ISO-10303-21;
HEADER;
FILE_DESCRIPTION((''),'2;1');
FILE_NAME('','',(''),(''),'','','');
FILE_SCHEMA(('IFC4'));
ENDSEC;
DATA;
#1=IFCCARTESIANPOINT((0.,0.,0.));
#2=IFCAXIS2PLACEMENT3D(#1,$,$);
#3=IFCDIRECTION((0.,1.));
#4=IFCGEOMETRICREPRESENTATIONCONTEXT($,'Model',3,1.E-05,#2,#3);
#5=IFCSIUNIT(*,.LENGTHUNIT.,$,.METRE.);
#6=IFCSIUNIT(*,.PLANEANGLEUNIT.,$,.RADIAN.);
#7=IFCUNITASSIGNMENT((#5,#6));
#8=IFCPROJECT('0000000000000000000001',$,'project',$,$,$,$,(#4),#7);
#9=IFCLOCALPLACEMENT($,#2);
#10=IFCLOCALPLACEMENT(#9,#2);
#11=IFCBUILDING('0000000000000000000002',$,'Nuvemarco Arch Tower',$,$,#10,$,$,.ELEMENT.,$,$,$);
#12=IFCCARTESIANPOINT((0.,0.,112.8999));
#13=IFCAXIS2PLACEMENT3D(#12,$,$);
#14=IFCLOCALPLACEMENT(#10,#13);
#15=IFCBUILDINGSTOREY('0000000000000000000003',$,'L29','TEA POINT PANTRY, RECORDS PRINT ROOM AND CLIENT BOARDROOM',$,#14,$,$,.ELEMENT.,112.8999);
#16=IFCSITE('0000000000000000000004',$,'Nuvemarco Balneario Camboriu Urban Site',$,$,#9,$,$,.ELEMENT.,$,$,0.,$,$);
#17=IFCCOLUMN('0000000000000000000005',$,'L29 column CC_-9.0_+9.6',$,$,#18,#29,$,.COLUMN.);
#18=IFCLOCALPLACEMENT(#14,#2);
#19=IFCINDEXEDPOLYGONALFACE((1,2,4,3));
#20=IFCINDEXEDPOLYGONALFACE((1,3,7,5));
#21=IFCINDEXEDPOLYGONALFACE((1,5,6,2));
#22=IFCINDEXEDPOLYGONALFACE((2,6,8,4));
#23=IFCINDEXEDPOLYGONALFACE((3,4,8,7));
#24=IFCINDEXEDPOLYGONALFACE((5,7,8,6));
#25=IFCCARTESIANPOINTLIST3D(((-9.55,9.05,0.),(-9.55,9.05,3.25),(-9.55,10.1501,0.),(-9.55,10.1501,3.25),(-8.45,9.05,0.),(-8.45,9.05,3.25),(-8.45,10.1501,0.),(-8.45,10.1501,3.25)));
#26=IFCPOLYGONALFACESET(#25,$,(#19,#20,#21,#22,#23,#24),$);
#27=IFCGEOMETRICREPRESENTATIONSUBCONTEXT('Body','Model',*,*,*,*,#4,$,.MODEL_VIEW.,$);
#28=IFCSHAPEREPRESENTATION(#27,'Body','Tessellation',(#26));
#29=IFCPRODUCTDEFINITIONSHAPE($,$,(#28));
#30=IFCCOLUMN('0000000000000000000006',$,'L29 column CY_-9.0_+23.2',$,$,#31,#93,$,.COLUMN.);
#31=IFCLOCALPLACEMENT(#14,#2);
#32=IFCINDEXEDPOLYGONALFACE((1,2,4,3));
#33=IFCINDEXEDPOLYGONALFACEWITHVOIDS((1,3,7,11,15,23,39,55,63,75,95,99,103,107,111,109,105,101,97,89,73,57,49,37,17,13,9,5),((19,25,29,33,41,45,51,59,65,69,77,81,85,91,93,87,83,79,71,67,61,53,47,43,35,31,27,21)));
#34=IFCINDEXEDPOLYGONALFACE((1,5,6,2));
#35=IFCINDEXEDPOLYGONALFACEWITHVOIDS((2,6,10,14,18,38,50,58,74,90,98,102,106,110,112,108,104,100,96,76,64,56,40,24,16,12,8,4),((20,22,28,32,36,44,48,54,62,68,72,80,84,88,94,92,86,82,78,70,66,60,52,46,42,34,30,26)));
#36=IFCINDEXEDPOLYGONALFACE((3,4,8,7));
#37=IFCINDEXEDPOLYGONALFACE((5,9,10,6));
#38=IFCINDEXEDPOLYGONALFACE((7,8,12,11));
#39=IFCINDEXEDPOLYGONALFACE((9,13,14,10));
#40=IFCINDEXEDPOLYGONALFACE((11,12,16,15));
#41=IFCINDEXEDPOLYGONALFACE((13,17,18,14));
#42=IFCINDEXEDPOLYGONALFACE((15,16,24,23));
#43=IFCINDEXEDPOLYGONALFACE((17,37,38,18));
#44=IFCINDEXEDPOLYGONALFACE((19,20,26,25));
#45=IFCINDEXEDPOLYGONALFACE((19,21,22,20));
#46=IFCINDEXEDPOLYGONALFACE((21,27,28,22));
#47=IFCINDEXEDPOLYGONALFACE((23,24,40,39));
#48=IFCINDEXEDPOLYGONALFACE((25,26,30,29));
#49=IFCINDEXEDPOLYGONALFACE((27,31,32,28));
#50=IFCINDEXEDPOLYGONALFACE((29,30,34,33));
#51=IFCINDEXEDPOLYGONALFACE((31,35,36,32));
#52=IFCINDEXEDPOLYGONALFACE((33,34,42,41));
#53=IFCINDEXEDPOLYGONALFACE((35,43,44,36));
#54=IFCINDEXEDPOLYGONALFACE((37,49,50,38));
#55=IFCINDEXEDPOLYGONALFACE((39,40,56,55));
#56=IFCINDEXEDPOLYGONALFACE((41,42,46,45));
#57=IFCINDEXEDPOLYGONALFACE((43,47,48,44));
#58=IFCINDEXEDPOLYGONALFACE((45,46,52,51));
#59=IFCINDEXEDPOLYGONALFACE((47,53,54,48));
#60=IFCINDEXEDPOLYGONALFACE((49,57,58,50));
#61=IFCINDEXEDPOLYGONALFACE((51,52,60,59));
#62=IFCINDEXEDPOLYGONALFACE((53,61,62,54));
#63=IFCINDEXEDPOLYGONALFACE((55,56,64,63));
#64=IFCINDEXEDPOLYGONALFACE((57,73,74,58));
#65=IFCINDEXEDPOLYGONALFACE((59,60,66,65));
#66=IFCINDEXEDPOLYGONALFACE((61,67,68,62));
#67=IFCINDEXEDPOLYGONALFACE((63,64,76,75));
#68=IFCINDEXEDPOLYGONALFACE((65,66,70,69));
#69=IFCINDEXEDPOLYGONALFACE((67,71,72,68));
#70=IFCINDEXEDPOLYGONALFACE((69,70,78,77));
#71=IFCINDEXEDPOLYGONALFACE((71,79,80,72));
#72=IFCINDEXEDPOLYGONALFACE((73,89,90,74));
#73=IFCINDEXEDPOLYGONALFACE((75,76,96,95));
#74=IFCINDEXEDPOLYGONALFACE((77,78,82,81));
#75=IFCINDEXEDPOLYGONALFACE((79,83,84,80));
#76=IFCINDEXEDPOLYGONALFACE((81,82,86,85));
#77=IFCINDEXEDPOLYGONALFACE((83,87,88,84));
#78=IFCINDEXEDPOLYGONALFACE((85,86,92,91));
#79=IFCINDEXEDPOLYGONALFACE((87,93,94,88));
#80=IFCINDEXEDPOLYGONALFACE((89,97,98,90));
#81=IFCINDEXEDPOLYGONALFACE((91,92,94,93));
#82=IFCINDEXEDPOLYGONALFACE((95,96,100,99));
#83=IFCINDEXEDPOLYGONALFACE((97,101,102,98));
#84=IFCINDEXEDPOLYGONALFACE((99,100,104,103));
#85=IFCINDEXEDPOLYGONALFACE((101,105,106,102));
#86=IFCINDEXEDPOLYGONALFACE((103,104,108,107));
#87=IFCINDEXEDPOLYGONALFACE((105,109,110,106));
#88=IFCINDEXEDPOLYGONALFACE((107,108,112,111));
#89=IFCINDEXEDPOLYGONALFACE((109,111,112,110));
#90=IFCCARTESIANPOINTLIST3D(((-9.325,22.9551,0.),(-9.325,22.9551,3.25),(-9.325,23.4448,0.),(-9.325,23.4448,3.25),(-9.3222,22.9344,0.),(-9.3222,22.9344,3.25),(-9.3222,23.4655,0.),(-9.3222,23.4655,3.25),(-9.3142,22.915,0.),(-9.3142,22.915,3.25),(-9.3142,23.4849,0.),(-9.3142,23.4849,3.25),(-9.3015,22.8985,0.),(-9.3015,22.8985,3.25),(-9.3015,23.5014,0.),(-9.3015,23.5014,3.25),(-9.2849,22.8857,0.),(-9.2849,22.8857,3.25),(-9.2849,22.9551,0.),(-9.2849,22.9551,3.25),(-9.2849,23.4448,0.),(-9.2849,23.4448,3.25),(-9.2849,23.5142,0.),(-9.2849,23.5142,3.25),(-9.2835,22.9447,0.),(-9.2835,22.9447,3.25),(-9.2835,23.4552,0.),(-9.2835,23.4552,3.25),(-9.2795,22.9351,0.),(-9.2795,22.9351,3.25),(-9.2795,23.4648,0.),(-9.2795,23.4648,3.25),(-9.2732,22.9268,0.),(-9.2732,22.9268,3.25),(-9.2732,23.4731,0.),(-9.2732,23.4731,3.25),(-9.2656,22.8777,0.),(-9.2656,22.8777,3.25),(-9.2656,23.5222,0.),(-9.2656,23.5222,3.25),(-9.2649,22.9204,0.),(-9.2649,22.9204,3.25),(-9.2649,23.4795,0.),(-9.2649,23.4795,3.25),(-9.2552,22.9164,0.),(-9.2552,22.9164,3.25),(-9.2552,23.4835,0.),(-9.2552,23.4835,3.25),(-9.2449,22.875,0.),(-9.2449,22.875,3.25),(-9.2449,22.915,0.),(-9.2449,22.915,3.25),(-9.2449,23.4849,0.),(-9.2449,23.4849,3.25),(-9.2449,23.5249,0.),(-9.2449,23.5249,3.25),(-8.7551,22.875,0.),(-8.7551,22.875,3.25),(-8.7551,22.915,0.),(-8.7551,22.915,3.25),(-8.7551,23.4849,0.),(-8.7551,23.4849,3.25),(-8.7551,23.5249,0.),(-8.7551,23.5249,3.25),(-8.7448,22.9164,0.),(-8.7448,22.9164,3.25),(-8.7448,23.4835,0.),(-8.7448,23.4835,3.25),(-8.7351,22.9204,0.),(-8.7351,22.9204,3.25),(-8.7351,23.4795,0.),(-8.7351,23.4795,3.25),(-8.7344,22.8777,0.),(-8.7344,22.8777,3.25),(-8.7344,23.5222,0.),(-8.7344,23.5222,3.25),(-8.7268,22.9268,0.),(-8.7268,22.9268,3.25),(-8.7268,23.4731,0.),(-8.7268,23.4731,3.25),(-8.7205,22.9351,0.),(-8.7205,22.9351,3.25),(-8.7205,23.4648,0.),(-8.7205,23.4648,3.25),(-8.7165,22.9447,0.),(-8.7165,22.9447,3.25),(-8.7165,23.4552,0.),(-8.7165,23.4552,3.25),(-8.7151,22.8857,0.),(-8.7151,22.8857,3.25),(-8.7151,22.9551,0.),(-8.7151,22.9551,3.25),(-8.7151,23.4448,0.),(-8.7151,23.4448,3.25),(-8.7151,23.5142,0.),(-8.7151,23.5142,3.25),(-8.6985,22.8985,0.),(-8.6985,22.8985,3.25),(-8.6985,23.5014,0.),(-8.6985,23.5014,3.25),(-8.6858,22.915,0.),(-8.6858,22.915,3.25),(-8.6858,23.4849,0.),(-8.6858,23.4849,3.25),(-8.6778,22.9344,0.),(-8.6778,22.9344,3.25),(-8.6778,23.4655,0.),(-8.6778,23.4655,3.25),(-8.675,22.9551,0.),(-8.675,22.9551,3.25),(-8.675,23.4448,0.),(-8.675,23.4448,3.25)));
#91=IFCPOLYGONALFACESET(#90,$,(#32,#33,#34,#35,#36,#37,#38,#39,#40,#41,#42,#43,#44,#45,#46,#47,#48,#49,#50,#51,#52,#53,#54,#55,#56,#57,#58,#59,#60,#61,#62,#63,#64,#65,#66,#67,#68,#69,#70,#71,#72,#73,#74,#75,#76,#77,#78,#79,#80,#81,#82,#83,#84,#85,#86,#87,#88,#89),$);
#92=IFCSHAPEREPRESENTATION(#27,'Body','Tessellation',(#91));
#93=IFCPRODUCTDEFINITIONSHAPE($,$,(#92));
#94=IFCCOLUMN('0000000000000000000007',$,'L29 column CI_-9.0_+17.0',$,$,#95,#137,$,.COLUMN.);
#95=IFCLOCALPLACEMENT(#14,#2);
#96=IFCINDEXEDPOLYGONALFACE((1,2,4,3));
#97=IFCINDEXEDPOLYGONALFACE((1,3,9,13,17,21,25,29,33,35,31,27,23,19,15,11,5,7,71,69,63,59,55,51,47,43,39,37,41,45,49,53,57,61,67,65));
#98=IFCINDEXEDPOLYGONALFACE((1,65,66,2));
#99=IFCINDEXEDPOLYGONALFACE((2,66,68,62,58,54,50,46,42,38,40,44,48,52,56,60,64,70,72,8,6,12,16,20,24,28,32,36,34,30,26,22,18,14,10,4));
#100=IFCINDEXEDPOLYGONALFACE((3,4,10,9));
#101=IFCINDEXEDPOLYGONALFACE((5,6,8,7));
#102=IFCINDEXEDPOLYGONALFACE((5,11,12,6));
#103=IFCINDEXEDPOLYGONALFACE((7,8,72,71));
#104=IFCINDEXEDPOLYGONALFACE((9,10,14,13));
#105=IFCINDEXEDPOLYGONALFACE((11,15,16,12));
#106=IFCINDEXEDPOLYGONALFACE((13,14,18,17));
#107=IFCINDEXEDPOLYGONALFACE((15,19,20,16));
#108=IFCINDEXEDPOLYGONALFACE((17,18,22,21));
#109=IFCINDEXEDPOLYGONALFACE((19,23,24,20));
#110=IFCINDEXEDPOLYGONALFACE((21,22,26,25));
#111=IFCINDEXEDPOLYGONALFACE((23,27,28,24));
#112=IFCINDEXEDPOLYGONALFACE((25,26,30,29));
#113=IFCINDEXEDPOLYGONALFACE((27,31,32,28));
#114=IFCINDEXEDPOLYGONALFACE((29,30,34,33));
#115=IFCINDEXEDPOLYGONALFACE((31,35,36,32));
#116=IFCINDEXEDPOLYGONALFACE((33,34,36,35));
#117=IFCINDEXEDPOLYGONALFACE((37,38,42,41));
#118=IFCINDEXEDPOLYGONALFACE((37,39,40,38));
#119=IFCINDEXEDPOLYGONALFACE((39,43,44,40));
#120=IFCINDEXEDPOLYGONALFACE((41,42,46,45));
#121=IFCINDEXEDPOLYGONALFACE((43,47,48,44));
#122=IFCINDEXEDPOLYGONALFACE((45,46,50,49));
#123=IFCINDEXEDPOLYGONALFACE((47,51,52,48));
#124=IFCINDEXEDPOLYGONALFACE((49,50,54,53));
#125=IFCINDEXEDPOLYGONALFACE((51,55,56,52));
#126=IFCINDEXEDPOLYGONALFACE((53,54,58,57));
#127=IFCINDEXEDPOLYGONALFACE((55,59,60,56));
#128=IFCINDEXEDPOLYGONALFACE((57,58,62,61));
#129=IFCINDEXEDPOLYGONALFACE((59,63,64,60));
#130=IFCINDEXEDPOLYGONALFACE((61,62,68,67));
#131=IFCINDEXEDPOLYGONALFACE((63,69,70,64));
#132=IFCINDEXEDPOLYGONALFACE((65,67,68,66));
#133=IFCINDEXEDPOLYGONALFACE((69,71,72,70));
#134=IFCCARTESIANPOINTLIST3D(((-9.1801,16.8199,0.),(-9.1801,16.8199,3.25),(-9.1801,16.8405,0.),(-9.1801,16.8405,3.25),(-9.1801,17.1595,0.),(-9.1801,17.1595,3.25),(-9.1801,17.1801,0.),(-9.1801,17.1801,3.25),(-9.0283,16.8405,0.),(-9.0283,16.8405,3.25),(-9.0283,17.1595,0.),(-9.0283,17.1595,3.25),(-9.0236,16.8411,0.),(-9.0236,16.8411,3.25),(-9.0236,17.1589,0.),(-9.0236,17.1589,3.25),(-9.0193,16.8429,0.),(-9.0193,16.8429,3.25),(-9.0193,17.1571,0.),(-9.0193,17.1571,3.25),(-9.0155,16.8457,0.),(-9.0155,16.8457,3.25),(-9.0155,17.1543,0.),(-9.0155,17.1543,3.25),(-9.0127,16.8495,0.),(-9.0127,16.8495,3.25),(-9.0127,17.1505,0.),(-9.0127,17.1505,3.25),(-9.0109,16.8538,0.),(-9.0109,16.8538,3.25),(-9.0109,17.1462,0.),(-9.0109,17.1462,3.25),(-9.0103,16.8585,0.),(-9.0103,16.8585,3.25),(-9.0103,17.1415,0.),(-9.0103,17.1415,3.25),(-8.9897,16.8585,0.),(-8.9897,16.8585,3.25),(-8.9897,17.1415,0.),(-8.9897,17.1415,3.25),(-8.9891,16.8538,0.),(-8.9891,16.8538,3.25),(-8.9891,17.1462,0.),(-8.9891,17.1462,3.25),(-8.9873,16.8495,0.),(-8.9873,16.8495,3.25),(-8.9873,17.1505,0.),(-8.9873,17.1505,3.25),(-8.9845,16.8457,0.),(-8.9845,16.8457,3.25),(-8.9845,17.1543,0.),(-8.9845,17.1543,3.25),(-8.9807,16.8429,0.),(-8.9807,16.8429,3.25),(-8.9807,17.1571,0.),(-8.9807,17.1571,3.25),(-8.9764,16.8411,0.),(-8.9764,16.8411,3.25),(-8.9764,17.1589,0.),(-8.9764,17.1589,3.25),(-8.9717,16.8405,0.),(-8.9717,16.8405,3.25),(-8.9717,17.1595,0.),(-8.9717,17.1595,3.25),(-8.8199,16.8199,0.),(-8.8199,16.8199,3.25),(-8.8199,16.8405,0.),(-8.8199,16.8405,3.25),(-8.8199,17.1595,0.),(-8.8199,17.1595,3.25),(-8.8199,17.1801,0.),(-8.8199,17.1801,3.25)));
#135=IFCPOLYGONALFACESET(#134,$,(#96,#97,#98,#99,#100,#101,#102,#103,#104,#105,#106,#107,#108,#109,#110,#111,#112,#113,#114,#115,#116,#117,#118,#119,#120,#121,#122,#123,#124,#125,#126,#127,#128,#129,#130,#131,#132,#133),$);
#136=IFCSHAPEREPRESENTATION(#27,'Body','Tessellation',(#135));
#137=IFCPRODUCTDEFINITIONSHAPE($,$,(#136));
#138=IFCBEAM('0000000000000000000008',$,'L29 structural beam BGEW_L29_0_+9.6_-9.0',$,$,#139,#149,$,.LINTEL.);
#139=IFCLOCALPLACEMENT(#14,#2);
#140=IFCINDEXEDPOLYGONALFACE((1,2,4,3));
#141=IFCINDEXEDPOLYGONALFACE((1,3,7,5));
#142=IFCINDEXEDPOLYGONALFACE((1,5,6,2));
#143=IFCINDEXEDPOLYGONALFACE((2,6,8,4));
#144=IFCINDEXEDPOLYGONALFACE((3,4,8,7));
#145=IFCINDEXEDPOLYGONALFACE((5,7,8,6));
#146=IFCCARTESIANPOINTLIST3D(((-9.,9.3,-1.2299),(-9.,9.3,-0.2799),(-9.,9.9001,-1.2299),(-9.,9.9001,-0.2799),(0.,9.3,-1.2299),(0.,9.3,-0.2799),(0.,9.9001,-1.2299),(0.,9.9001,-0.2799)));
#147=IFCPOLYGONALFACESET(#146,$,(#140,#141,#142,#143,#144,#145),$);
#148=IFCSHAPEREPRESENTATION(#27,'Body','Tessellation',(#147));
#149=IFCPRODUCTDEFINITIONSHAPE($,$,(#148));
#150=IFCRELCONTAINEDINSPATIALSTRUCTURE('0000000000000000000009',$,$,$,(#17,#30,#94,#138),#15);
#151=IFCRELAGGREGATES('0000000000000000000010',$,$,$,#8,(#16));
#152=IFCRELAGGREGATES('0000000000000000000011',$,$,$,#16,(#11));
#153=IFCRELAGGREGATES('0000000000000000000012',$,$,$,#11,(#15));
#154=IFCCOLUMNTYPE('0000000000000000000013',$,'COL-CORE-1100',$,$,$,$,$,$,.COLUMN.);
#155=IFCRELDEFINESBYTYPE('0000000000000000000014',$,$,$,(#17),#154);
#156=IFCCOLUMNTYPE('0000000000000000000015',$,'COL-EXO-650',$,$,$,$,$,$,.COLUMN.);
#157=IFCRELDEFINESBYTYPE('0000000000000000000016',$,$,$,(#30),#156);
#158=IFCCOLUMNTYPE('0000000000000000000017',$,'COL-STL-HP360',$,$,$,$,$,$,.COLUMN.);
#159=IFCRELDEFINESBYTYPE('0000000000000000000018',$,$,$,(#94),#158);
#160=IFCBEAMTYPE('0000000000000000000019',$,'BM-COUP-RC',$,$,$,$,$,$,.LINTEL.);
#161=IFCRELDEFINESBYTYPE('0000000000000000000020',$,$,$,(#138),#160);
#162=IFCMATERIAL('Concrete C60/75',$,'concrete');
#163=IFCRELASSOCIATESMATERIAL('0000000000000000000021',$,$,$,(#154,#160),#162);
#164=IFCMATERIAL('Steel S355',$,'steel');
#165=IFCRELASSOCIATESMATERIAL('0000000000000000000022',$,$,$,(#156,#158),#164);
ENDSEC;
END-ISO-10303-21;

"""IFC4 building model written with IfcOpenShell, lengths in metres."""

from ifc_helpers import new_model, si_unit, direction, frame, origin, origin_2d, place, context, subcontext, project, spatial, rectangle, hollow_rectangle, i_section, extrude, material, material_profile, profile_set, type_object, element, save


model = new_model("IFC4")

# Units and contexts
model_context = context("Model", 3, precision=1e-05, world=origin(), true_north=direction((0.0, 1.0)))
body_context = subcontext(model_context, "Body", "Model", "MODEL_VIEW")
ifc_project = project(units=[si_unit("LENGTHUNIT", "METRE"), si_unit("PLANEANGLEUNIT", "RADIAN")], contexts=[model_context])

# Site, building, storey
site_placement = place(None, origin())
site = spatial("IfcSite", under=ifc_project, at=site_placement, Name="Nuvemarco Balneario Camboriu Urban Site", CompositionType="ELEMENT", RefElevation=0.0)
building_placement = place(site_placement, origin())
building = spatial("IfcBuilding", under=site, at=building_placement, Name="Nuvemarco Arch Tower", CompositionType="ELEMENT")
storey_placement = place(building_placement, frame((0.0, 0.0, 112.8999)))
storey = spatial("IfcBuildingStorey", under=building, at=storey_placement, Name="L29", Description="TEA POINT PANTRY, RECORDS PRINT ROOM AND CLIENT BOARDROOM", CompositionType="ELEMENT", Elevation=112.8999)

# Columns
ifc_material_1 = material(Name="Concrete C60/75", Category="concrete")
ifc_material_profile_1 = material_profile(ifc_material_1, rectangle(XDim=1.1001, YDim=1.1001, at=origin_2d()), Name="RC-COL-1100x1100")
ifc_profile_set_1 = profile_set([ifc_material_profile_1], Name="Concrete C60/75")
column_type_1 = type_object("IfcColumnType", Name="COL-CORE-1100", PredefinedType="COLUMN", material=ifc_profile_set_1)
column_1_placement = place(storey_placement, frame((-9.0, 9.6001, 0.0), z_axis=(0.0, 0.0, 1.0), x_axis=(1.0, 0.0, 0.0)))
element("IfcColumn", 1, at=column_1_placement, inside=storey, type_object=column_type_1, Name="L29 column CC_-9.0_+9.6", PredefinedType="COLUMN", context=body_context, shape_type="SweptSolid", body=[
    extrude(rectangle(XDim=1.1001, YDim=1.1001, at=origin_2d()), origin(), (0.0, 0.0, 1.0), 3.25),
])
ifc_material_2 = material(Name="Steel S355", Category="steel")
ifc_material_profile_2 = material_profile(ifc_material_2, hollow_rectangle(XDim=0.6499, YDim=0.6499, WallThickness=0.04, InnerFilletRadius=0.04, OuterFilletRadius=0.0801, at=origin_2d()), Name="SHS650x650x40")
ifc_profile_set_2 = profile_set([ifc_material_profile_2], Name="Steel S355")
column_type_2 = type_object("IfcColumnType", Name="COL-EXO-650", PredefinedType="COLUMN", material=ifc_profile_set_2)
column_2_placement = place(storey_placement, frame((-9.0, 23.2, 0.0), z_axis=(0.0, 0.0, 1.0), x_axis=(1.0, 0.0, 0.0)))
element("IfcColumn", 2, at=column_2_placement, inside=storey, type_object=column_type_2, Name="L29 column CY_-9.0_+23.2", PredefinedType="COLUMN", context=body_context, shape_type="SweptSolid", body=[
    extrude(hollow_rectangle(XDim=0.6499, YDim=0.6499, WallThickness=0.04, InnerFilletRadius=0.04, OuterFilletRadius=0.0801, at=origin_2d()), origin(), (0.0, 0.0, 1.0), 3.25),
])
ifc_material_profile_3 = material_profile(ifc_material_2, i_section(OverallWidth=0.3601, OverallDepth=0.3601, WebThickness=0.0205, FlangeThickness=0.0205, FilletRadius=0.0181, at=origin_2d()), Name="HP360x174")
ifc_profile_set_3 = profile_set([ifc_material_profile_3], Name="Steel S355")
column_type_3 = type_object("IfcColumnType", Name="COL-STL-HP360", PredefinedType="COLUMN", material=ifc_profile_set_3)
column_3_placement = place(storey_placement, frame((-9.0, 17.0, 0.0), z_axis=(0.0, 0.0, 1.0), x_axis=(1.0, 0.0, 0.0)))
element("IfcColumn", 3, at=column_3_placement, inside=storey, type_object=column_type_3, Name="L29 column CI_-9.0_+17.0", PredefinedType="COLUMN", context=body_context, shape_type="SweptSolid", body=[
    extrude(i_section(OverallWidth=0.3601, OverallDepth=0.3601, WebThickness=0.0205, FlangeThickness=0.0205, FilletRadius=0.0181, at=origin_2d()), origin(), (0.0, 0.0, 1.0), 3.25),
])

# Beam
ifc_material_profile_4 = material_profile(ifc_material_1, rectangle(XDim=0.6001, YDim=0.95, at=origin_2d()), Name="RC-BM-600x950")
ifc_profile_set_4 = profile_set([ifc_material_profile_4], Name="Concrete C60/75")
beam_type_1 = type_object("IfcBeamType", Name="BM-COUP-RC", PredefinedType="LINTEL", material=ifc_profile_set_4)
beam_1_placement = place(storey_placement, frame((-9.0, 9.6001, -0.7549), z_axis=(1.0, 0.0, 0.0), x_axis=(0.0, 1.0, 0.0)))
element("IfcBeam", 4, at=beam_1_placement, inside=storey, type_object=beam_type_1, Name="L29 structural beam BGEW_L29_0_+9.6_-9.0", PredefinedType="LINTEL", context=body_context, shape_type="SweptSolid", body=[
    extrude(rectangle(XDim=0.6001, YDim=0.95, at=origin_2d()), origin(), (0.0, 0.0, 1.0), 9.0),
])

save(model, "model.ifc")
